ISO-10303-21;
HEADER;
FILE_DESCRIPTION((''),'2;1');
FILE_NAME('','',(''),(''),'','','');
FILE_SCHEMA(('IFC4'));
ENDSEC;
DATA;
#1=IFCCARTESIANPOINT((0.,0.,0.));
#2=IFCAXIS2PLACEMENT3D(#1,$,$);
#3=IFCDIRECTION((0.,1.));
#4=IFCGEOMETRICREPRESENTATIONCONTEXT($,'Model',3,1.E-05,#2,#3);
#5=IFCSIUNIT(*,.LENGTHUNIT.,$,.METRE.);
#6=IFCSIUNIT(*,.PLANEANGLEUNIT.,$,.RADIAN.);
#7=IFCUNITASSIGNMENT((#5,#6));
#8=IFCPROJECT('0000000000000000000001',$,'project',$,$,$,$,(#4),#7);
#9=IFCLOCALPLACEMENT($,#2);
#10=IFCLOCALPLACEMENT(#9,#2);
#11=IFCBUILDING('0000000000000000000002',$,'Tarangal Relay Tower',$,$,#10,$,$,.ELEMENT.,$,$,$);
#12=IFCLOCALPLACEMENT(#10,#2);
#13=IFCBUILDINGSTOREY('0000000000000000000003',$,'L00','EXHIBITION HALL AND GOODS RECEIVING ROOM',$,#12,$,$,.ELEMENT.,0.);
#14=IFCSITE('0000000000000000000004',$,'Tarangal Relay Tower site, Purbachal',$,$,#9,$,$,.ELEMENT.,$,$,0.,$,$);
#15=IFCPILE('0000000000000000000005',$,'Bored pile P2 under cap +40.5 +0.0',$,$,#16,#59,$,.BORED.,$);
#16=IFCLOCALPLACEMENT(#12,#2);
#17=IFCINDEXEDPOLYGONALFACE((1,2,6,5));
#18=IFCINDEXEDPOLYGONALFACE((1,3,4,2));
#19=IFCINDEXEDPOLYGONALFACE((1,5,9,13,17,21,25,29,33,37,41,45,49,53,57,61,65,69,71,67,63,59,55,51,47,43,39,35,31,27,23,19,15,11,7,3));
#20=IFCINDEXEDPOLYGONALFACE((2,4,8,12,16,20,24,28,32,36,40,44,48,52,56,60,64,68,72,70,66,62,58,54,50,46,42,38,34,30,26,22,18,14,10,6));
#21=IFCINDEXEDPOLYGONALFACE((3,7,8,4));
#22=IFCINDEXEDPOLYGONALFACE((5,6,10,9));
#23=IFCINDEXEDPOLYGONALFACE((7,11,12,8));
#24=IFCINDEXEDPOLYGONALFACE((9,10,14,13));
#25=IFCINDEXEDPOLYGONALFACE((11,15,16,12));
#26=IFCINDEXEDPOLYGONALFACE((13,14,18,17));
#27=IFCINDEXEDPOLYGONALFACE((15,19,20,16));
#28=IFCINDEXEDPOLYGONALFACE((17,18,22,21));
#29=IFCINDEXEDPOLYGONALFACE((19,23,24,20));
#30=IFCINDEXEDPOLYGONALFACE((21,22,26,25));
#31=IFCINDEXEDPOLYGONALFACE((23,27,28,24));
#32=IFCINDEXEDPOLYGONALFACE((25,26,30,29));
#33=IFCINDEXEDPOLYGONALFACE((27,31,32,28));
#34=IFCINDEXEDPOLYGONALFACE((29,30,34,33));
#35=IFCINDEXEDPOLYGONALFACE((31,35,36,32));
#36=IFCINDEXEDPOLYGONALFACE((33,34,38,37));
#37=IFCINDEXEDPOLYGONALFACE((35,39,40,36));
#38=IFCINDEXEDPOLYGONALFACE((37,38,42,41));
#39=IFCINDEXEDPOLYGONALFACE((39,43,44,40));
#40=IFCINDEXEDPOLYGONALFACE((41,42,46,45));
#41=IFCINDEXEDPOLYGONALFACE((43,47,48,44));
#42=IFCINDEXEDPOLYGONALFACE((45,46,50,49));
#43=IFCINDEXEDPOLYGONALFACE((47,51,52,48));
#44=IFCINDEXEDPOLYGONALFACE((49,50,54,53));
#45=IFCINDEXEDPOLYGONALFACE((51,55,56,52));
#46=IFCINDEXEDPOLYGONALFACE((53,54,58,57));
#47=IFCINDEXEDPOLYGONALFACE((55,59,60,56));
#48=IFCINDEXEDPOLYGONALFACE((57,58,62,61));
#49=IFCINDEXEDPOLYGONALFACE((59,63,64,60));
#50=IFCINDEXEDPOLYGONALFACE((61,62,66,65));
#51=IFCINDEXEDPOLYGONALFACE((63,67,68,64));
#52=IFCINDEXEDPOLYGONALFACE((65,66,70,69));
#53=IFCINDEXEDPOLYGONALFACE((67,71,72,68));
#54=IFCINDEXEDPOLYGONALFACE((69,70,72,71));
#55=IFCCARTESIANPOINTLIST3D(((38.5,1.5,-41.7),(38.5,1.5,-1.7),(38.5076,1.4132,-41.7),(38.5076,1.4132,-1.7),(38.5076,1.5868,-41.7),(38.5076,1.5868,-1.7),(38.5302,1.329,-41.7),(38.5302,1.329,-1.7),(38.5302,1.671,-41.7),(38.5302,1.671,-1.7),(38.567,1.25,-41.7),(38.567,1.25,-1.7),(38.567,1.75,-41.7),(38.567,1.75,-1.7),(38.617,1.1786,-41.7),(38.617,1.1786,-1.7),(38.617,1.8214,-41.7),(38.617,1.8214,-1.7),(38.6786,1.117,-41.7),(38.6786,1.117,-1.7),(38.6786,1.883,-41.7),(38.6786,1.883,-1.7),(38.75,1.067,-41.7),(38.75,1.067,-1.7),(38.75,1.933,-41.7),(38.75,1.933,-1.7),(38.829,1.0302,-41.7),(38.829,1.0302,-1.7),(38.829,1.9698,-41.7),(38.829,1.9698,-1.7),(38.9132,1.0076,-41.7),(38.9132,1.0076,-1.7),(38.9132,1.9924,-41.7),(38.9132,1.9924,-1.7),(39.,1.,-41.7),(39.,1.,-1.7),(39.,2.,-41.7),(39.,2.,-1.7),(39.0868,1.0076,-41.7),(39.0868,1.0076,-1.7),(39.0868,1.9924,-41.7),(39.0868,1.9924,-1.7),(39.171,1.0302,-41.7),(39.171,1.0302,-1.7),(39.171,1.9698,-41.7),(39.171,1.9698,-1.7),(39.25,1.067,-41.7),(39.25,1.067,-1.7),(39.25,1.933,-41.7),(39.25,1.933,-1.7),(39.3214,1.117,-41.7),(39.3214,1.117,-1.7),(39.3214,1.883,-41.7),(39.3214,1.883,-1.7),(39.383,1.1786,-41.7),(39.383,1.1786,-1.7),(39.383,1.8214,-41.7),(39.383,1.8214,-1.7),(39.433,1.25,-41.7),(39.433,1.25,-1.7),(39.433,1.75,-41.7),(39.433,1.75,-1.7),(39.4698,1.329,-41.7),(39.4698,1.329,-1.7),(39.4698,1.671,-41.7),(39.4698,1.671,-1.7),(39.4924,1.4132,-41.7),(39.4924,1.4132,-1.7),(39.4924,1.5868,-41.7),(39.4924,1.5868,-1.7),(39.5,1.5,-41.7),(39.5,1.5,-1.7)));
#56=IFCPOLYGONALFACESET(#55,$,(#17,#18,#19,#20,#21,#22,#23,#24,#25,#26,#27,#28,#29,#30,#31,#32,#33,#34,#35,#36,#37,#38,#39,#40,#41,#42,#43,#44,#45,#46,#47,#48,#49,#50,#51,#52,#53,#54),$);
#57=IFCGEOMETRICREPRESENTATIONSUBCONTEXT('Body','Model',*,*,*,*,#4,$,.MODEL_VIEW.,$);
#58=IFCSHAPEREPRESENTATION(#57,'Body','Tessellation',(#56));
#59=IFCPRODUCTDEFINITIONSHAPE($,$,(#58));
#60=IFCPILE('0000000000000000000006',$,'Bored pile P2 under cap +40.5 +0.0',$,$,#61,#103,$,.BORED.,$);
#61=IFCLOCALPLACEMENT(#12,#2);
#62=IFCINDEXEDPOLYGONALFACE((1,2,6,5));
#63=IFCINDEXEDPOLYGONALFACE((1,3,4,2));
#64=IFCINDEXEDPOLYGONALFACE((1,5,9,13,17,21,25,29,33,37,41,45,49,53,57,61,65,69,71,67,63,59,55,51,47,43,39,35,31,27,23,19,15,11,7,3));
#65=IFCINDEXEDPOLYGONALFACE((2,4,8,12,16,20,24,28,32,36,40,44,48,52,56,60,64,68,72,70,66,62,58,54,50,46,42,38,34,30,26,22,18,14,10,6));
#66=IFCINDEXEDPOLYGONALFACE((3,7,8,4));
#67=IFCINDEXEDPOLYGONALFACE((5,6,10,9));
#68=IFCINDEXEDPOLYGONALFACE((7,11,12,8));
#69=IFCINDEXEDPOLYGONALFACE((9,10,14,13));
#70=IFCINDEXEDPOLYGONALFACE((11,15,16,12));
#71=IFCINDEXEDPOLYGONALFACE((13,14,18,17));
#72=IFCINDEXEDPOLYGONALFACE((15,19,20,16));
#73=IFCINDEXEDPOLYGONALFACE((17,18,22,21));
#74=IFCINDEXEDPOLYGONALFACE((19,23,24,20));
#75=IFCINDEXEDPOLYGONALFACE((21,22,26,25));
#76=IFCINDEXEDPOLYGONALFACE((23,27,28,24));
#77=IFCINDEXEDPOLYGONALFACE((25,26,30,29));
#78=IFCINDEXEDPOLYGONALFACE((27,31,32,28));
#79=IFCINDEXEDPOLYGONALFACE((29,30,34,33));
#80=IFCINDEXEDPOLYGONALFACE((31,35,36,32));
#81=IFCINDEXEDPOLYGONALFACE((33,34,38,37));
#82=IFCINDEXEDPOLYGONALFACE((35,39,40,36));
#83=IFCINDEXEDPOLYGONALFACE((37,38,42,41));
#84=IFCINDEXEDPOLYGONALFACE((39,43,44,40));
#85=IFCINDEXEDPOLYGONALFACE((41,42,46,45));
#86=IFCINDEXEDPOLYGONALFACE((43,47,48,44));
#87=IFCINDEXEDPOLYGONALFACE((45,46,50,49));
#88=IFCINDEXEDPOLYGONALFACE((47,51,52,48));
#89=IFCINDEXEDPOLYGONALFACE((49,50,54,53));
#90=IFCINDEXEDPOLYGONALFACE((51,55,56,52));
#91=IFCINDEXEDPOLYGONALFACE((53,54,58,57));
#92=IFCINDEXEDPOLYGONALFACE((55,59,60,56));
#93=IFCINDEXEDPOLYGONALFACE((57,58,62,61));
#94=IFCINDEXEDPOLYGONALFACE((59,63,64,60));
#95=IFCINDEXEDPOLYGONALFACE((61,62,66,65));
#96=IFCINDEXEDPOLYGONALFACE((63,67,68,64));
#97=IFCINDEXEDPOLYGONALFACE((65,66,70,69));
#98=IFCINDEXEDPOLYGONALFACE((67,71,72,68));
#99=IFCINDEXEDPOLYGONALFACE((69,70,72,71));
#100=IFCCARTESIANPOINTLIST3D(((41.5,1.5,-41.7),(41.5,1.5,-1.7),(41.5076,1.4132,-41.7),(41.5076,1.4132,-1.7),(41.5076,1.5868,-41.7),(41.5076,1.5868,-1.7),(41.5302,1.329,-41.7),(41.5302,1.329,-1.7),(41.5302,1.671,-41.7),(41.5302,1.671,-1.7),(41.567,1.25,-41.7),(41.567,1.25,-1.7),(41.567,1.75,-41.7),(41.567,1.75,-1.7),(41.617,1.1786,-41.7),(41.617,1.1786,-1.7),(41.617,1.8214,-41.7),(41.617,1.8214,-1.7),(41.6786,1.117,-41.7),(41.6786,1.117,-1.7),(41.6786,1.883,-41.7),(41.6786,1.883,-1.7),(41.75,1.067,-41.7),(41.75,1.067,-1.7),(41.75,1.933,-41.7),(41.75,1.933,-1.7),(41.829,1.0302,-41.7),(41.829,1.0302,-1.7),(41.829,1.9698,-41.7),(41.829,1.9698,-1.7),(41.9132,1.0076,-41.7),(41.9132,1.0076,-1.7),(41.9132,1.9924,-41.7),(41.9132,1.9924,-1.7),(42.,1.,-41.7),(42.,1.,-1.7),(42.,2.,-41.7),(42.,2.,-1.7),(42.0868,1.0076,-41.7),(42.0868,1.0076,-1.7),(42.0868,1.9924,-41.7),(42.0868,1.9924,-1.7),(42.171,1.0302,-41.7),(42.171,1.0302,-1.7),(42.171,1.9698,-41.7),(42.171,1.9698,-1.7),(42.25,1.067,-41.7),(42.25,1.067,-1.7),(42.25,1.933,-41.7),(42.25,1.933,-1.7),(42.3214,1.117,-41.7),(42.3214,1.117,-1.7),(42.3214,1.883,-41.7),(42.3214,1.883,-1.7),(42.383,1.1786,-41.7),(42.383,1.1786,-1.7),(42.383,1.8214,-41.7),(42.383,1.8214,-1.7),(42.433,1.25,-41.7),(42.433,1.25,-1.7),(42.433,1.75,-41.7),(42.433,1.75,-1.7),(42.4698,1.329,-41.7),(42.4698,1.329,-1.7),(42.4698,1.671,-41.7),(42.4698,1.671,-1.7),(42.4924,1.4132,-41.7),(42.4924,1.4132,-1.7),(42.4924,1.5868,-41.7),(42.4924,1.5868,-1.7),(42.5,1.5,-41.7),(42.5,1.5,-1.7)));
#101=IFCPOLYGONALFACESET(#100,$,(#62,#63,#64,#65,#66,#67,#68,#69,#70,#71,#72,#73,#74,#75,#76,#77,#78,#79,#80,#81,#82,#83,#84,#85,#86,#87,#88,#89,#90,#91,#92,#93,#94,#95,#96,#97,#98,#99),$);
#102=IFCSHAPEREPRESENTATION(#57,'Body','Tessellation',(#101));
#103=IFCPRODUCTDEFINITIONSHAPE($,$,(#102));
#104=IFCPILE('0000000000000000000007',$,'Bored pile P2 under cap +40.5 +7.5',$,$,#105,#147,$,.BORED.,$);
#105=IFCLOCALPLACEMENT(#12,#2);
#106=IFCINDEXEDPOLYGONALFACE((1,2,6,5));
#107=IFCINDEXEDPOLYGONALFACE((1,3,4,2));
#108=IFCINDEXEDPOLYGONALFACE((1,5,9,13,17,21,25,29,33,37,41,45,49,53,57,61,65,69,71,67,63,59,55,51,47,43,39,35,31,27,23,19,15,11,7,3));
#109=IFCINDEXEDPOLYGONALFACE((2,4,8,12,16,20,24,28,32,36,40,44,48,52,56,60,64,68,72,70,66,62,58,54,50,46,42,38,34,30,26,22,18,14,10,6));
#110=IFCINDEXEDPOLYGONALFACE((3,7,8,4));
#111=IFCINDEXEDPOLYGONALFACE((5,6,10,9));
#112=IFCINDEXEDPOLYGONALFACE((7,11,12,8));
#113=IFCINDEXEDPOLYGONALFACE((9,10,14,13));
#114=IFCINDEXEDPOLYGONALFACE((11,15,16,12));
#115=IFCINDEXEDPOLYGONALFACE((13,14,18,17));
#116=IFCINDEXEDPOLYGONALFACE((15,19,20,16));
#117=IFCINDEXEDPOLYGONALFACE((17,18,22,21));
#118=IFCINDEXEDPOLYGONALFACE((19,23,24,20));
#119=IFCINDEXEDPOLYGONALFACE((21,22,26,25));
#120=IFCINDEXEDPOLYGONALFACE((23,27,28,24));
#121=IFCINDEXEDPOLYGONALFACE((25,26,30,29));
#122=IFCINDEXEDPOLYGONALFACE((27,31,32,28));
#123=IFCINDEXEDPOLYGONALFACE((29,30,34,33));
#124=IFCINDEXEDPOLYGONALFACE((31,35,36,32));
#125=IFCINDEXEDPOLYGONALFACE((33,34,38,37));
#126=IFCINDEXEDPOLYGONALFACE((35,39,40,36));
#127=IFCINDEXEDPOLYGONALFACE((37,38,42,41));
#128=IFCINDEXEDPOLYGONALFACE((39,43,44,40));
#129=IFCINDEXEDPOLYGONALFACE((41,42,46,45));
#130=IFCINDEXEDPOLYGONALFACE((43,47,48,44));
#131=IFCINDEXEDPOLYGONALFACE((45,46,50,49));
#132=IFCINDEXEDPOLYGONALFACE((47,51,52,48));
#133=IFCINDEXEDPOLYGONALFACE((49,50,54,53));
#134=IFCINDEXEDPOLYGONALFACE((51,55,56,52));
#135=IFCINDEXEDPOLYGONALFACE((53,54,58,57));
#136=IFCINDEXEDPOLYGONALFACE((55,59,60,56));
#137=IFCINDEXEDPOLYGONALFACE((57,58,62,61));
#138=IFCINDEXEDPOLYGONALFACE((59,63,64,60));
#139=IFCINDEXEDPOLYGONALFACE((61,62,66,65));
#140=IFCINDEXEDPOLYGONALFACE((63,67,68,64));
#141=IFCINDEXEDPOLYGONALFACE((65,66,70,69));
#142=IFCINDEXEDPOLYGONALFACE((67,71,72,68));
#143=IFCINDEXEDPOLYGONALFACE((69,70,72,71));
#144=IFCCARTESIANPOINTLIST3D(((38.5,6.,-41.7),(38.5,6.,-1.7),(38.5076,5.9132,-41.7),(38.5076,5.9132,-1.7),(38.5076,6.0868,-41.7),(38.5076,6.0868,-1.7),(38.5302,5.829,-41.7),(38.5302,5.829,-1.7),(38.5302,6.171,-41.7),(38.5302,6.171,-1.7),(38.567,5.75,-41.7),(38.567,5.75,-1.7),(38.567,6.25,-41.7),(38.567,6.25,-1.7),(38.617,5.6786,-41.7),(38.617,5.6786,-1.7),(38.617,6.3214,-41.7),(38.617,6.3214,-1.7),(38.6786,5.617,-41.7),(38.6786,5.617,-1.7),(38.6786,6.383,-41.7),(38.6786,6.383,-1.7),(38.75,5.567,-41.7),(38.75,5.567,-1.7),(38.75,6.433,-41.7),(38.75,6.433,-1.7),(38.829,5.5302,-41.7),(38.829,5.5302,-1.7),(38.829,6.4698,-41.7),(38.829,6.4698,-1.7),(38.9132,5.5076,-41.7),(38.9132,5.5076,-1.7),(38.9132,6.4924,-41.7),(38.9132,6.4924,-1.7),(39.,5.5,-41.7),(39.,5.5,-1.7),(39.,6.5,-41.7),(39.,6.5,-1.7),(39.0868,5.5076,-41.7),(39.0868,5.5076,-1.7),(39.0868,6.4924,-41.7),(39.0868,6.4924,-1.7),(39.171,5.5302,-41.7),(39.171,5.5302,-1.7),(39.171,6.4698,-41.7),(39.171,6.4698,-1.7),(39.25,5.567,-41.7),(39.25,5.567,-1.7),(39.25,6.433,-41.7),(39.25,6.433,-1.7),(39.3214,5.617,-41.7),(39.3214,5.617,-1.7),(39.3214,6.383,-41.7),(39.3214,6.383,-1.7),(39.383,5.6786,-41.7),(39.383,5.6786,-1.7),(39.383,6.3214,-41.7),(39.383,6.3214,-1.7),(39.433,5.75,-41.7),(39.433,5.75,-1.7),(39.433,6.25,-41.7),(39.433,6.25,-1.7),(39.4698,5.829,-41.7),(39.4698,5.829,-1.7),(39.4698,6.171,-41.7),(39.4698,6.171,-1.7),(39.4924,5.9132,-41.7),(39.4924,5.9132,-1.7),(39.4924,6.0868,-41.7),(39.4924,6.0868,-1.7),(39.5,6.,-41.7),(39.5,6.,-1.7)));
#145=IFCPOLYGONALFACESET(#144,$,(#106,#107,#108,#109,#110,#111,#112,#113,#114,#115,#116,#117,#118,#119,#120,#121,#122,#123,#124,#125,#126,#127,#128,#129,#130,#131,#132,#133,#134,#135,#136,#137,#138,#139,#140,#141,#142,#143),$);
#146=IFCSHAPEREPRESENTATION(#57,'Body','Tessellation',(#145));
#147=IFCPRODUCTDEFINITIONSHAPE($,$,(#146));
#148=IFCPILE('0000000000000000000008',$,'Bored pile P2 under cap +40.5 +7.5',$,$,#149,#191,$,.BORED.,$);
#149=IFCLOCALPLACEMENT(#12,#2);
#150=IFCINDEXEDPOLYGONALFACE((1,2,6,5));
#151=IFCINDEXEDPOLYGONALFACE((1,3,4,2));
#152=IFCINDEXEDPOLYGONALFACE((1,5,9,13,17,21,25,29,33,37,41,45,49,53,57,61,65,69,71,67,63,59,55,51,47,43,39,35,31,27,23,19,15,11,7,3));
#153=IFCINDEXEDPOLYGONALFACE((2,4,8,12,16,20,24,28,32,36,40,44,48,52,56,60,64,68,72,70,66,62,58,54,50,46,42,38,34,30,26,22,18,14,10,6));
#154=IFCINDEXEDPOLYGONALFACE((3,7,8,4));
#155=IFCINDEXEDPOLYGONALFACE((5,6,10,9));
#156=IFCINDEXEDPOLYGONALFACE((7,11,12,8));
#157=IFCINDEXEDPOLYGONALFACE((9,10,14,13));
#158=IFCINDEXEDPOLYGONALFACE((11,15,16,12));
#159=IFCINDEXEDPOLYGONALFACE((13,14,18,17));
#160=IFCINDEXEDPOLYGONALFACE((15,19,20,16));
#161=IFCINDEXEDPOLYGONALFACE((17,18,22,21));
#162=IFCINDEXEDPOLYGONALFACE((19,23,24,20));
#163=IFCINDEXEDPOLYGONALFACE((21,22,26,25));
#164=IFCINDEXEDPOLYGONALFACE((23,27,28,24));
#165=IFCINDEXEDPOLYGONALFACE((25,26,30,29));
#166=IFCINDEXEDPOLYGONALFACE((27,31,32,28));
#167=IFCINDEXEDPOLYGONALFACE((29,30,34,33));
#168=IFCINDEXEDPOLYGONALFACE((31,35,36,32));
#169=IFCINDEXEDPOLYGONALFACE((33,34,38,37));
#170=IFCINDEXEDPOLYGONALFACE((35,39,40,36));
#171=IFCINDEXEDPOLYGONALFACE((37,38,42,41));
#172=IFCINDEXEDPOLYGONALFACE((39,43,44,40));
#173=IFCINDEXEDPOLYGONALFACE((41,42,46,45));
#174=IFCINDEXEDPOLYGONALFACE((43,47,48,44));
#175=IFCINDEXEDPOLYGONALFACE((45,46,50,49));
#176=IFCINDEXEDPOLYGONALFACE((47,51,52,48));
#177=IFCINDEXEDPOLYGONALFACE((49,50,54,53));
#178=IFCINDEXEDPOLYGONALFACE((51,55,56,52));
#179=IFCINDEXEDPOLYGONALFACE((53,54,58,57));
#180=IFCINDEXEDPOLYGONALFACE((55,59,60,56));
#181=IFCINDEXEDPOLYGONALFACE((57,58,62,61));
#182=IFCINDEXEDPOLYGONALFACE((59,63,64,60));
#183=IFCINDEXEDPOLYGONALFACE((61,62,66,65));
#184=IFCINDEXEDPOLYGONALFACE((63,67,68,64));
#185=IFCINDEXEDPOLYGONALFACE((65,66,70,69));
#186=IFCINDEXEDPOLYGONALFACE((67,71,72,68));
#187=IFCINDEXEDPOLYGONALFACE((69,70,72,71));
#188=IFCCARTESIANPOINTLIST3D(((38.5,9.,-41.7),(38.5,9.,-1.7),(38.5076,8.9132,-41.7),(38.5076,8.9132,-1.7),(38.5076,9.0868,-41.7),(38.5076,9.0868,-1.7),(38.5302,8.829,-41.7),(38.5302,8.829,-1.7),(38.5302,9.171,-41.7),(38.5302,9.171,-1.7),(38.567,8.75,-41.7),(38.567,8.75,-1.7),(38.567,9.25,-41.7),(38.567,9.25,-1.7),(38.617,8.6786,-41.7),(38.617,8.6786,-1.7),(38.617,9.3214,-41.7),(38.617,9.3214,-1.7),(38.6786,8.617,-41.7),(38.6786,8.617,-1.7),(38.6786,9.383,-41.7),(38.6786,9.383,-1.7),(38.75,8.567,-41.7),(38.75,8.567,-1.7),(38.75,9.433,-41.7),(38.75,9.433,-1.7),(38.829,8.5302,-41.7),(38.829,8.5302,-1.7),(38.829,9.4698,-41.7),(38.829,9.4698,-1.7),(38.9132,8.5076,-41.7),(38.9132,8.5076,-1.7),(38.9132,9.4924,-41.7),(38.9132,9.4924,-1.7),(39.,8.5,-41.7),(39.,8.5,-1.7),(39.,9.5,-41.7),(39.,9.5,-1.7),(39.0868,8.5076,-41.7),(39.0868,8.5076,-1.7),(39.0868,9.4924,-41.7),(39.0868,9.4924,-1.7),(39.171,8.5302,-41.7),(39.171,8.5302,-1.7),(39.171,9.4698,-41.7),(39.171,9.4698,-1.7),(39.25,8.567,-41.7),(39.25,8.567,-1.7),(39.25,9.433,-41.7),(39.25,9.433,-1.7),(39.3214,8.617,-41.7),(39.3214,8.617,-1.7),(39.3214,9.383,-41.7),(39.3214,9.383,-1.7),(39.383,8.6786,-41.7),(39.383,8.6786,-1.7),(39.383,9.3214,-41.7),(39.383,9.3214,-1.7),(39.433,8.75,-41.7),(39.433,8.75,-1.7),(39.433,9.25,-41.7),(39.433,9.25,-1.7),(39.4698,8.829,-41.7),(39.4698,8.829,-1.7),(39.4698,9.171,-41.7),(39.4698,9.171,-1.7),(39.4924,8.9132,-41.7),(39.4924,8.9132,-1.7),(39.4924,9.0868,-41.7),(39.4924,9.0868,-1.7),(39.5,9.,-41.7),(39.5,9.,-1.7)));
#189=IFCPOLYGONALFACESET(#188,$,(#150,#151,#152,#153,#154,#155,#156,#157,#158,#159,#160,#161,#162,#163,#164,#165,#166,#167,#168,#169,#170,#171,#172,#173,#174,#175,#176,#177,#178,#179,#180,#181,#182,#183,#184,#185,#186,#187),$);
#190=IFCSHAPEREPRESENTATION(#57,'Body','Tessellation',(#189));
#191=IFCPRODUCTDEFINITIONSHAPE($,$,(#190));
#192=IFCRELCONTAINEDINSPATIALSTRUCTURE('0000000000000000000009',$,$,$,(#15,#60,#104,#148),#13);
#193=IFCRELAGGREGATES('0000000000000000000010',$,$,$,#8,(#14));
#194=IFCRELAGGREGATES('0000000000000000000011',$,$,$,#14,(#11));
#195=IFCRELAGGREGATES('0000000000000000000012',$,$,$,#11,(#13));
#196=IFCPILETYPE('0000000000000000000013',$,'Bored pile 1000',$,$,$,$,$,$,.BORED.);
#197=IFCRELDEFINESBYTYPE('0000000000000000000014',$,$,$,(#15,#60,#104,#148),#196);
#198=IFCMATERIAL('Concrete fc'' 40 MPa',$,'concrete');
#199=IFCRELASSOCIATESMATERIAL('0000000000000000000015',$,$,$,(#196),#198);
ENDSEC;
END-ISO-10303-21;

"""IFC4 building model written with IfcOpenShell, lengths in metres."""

from ifc_helpers import new_model, si_unit, direction, frame, origin, origin_2d, place, context, subcontext, project, spatial, circle, extrude, material, material_profile, profile_set, type_object, element, save


model = new_model("IFC4")

# Units and contexts
model_context = context("Model", 3, precision=1e-05, world=origin(), true_north=direction((0.0, 1.0)))
body_context = subcontext(model_context, "Body", "Model", "MODEL_VIEW")
ifc_project = project(units=[si_unit("LENGTHUNIT", "METRE"), si_unit("PLANEANGLEUNIT", "RADIAN")], contexts=[model_context])

# Site, building, storey
site_placement = place(None, origin())
site = spatial("IfcSite", under=ifc_project, at=site_placement, Name="Tarangal Relay Tower site, Purbachal", CompositionType="ELEMENT", RefElevation=0.0)
building_placement = place(site_placement, origin())
building = spatial("IfcBuilding", under=site, at=building_placement, Name="Tarangal Relay Tower", CompositionType="ELEMENT")
storey_placement = place(building_placement, origin())
storey = spatial("IfcBuildingStorey", under=building, at=storey_placement, Name="L00", Description="EXHIBITION HALL AND GOODS RECEIVING ROOM", CompositionType="ELEMENT", Elevation=0.0)

# Piles
ifc_material_1 = material(Name="Concrete fc' 40 MPa", Category="concrete")
ifc_material_profile_1 = material_profile(ifc_material_1, circle(Radius=0.5, at=origin_2d()), Name="D1000")
ifc_profile_set_1 = profile_set([ifc_material_profile_1], Name="Concrete fc' 40 MPa")
pile_type = type_object("IfcPileType", Name="Bored pile 1000", PredefinedType="BORED", material=ifc_profile_set_1)
for number, where, z_axis, x_axis, name in (
    (1, (39.0, 1.5, -1.7), (0.0, 0.0, -1.0), (1.0, 0.0, 0.0), "Bored pile P2 under cap +40.5 +0.0"),
    (2, (42.0, 1.5, -1.7), (0.0, 0.0, -1.0), (1.0, 0.0, 0.0), "Bored pile P2 under cap +40.5 +0.0"),
    (3, (39.0, 6.0, -1.7), (0.0, 0.0, -1.0), (1.0, 0.0, 0.0), "Bored pile P2 under cap +40.5 +7.5"),
    (4, (39.0, 9.0, -1.7), (0.0, 0.0, -1.0), (1.0, 0.0, 0.0), "Bored pile P2 under cap +40.5 +7.5"),
):
    element("IfcPile", number, at=place(storey_placement, frame(where, z_axis=z_axis, x_axis=x_axis)), inside=storey, type_object=pile_type, Name=name, PredefinedType="BORED", context=body_context, shape_type="SweptSolid", body=[
        extrude(circle(Radius=0.5, at=origin_2d()), origin(), (0.0, 0.0, 1.0), 40.0),
    ])

save(model, "model.ifc")
